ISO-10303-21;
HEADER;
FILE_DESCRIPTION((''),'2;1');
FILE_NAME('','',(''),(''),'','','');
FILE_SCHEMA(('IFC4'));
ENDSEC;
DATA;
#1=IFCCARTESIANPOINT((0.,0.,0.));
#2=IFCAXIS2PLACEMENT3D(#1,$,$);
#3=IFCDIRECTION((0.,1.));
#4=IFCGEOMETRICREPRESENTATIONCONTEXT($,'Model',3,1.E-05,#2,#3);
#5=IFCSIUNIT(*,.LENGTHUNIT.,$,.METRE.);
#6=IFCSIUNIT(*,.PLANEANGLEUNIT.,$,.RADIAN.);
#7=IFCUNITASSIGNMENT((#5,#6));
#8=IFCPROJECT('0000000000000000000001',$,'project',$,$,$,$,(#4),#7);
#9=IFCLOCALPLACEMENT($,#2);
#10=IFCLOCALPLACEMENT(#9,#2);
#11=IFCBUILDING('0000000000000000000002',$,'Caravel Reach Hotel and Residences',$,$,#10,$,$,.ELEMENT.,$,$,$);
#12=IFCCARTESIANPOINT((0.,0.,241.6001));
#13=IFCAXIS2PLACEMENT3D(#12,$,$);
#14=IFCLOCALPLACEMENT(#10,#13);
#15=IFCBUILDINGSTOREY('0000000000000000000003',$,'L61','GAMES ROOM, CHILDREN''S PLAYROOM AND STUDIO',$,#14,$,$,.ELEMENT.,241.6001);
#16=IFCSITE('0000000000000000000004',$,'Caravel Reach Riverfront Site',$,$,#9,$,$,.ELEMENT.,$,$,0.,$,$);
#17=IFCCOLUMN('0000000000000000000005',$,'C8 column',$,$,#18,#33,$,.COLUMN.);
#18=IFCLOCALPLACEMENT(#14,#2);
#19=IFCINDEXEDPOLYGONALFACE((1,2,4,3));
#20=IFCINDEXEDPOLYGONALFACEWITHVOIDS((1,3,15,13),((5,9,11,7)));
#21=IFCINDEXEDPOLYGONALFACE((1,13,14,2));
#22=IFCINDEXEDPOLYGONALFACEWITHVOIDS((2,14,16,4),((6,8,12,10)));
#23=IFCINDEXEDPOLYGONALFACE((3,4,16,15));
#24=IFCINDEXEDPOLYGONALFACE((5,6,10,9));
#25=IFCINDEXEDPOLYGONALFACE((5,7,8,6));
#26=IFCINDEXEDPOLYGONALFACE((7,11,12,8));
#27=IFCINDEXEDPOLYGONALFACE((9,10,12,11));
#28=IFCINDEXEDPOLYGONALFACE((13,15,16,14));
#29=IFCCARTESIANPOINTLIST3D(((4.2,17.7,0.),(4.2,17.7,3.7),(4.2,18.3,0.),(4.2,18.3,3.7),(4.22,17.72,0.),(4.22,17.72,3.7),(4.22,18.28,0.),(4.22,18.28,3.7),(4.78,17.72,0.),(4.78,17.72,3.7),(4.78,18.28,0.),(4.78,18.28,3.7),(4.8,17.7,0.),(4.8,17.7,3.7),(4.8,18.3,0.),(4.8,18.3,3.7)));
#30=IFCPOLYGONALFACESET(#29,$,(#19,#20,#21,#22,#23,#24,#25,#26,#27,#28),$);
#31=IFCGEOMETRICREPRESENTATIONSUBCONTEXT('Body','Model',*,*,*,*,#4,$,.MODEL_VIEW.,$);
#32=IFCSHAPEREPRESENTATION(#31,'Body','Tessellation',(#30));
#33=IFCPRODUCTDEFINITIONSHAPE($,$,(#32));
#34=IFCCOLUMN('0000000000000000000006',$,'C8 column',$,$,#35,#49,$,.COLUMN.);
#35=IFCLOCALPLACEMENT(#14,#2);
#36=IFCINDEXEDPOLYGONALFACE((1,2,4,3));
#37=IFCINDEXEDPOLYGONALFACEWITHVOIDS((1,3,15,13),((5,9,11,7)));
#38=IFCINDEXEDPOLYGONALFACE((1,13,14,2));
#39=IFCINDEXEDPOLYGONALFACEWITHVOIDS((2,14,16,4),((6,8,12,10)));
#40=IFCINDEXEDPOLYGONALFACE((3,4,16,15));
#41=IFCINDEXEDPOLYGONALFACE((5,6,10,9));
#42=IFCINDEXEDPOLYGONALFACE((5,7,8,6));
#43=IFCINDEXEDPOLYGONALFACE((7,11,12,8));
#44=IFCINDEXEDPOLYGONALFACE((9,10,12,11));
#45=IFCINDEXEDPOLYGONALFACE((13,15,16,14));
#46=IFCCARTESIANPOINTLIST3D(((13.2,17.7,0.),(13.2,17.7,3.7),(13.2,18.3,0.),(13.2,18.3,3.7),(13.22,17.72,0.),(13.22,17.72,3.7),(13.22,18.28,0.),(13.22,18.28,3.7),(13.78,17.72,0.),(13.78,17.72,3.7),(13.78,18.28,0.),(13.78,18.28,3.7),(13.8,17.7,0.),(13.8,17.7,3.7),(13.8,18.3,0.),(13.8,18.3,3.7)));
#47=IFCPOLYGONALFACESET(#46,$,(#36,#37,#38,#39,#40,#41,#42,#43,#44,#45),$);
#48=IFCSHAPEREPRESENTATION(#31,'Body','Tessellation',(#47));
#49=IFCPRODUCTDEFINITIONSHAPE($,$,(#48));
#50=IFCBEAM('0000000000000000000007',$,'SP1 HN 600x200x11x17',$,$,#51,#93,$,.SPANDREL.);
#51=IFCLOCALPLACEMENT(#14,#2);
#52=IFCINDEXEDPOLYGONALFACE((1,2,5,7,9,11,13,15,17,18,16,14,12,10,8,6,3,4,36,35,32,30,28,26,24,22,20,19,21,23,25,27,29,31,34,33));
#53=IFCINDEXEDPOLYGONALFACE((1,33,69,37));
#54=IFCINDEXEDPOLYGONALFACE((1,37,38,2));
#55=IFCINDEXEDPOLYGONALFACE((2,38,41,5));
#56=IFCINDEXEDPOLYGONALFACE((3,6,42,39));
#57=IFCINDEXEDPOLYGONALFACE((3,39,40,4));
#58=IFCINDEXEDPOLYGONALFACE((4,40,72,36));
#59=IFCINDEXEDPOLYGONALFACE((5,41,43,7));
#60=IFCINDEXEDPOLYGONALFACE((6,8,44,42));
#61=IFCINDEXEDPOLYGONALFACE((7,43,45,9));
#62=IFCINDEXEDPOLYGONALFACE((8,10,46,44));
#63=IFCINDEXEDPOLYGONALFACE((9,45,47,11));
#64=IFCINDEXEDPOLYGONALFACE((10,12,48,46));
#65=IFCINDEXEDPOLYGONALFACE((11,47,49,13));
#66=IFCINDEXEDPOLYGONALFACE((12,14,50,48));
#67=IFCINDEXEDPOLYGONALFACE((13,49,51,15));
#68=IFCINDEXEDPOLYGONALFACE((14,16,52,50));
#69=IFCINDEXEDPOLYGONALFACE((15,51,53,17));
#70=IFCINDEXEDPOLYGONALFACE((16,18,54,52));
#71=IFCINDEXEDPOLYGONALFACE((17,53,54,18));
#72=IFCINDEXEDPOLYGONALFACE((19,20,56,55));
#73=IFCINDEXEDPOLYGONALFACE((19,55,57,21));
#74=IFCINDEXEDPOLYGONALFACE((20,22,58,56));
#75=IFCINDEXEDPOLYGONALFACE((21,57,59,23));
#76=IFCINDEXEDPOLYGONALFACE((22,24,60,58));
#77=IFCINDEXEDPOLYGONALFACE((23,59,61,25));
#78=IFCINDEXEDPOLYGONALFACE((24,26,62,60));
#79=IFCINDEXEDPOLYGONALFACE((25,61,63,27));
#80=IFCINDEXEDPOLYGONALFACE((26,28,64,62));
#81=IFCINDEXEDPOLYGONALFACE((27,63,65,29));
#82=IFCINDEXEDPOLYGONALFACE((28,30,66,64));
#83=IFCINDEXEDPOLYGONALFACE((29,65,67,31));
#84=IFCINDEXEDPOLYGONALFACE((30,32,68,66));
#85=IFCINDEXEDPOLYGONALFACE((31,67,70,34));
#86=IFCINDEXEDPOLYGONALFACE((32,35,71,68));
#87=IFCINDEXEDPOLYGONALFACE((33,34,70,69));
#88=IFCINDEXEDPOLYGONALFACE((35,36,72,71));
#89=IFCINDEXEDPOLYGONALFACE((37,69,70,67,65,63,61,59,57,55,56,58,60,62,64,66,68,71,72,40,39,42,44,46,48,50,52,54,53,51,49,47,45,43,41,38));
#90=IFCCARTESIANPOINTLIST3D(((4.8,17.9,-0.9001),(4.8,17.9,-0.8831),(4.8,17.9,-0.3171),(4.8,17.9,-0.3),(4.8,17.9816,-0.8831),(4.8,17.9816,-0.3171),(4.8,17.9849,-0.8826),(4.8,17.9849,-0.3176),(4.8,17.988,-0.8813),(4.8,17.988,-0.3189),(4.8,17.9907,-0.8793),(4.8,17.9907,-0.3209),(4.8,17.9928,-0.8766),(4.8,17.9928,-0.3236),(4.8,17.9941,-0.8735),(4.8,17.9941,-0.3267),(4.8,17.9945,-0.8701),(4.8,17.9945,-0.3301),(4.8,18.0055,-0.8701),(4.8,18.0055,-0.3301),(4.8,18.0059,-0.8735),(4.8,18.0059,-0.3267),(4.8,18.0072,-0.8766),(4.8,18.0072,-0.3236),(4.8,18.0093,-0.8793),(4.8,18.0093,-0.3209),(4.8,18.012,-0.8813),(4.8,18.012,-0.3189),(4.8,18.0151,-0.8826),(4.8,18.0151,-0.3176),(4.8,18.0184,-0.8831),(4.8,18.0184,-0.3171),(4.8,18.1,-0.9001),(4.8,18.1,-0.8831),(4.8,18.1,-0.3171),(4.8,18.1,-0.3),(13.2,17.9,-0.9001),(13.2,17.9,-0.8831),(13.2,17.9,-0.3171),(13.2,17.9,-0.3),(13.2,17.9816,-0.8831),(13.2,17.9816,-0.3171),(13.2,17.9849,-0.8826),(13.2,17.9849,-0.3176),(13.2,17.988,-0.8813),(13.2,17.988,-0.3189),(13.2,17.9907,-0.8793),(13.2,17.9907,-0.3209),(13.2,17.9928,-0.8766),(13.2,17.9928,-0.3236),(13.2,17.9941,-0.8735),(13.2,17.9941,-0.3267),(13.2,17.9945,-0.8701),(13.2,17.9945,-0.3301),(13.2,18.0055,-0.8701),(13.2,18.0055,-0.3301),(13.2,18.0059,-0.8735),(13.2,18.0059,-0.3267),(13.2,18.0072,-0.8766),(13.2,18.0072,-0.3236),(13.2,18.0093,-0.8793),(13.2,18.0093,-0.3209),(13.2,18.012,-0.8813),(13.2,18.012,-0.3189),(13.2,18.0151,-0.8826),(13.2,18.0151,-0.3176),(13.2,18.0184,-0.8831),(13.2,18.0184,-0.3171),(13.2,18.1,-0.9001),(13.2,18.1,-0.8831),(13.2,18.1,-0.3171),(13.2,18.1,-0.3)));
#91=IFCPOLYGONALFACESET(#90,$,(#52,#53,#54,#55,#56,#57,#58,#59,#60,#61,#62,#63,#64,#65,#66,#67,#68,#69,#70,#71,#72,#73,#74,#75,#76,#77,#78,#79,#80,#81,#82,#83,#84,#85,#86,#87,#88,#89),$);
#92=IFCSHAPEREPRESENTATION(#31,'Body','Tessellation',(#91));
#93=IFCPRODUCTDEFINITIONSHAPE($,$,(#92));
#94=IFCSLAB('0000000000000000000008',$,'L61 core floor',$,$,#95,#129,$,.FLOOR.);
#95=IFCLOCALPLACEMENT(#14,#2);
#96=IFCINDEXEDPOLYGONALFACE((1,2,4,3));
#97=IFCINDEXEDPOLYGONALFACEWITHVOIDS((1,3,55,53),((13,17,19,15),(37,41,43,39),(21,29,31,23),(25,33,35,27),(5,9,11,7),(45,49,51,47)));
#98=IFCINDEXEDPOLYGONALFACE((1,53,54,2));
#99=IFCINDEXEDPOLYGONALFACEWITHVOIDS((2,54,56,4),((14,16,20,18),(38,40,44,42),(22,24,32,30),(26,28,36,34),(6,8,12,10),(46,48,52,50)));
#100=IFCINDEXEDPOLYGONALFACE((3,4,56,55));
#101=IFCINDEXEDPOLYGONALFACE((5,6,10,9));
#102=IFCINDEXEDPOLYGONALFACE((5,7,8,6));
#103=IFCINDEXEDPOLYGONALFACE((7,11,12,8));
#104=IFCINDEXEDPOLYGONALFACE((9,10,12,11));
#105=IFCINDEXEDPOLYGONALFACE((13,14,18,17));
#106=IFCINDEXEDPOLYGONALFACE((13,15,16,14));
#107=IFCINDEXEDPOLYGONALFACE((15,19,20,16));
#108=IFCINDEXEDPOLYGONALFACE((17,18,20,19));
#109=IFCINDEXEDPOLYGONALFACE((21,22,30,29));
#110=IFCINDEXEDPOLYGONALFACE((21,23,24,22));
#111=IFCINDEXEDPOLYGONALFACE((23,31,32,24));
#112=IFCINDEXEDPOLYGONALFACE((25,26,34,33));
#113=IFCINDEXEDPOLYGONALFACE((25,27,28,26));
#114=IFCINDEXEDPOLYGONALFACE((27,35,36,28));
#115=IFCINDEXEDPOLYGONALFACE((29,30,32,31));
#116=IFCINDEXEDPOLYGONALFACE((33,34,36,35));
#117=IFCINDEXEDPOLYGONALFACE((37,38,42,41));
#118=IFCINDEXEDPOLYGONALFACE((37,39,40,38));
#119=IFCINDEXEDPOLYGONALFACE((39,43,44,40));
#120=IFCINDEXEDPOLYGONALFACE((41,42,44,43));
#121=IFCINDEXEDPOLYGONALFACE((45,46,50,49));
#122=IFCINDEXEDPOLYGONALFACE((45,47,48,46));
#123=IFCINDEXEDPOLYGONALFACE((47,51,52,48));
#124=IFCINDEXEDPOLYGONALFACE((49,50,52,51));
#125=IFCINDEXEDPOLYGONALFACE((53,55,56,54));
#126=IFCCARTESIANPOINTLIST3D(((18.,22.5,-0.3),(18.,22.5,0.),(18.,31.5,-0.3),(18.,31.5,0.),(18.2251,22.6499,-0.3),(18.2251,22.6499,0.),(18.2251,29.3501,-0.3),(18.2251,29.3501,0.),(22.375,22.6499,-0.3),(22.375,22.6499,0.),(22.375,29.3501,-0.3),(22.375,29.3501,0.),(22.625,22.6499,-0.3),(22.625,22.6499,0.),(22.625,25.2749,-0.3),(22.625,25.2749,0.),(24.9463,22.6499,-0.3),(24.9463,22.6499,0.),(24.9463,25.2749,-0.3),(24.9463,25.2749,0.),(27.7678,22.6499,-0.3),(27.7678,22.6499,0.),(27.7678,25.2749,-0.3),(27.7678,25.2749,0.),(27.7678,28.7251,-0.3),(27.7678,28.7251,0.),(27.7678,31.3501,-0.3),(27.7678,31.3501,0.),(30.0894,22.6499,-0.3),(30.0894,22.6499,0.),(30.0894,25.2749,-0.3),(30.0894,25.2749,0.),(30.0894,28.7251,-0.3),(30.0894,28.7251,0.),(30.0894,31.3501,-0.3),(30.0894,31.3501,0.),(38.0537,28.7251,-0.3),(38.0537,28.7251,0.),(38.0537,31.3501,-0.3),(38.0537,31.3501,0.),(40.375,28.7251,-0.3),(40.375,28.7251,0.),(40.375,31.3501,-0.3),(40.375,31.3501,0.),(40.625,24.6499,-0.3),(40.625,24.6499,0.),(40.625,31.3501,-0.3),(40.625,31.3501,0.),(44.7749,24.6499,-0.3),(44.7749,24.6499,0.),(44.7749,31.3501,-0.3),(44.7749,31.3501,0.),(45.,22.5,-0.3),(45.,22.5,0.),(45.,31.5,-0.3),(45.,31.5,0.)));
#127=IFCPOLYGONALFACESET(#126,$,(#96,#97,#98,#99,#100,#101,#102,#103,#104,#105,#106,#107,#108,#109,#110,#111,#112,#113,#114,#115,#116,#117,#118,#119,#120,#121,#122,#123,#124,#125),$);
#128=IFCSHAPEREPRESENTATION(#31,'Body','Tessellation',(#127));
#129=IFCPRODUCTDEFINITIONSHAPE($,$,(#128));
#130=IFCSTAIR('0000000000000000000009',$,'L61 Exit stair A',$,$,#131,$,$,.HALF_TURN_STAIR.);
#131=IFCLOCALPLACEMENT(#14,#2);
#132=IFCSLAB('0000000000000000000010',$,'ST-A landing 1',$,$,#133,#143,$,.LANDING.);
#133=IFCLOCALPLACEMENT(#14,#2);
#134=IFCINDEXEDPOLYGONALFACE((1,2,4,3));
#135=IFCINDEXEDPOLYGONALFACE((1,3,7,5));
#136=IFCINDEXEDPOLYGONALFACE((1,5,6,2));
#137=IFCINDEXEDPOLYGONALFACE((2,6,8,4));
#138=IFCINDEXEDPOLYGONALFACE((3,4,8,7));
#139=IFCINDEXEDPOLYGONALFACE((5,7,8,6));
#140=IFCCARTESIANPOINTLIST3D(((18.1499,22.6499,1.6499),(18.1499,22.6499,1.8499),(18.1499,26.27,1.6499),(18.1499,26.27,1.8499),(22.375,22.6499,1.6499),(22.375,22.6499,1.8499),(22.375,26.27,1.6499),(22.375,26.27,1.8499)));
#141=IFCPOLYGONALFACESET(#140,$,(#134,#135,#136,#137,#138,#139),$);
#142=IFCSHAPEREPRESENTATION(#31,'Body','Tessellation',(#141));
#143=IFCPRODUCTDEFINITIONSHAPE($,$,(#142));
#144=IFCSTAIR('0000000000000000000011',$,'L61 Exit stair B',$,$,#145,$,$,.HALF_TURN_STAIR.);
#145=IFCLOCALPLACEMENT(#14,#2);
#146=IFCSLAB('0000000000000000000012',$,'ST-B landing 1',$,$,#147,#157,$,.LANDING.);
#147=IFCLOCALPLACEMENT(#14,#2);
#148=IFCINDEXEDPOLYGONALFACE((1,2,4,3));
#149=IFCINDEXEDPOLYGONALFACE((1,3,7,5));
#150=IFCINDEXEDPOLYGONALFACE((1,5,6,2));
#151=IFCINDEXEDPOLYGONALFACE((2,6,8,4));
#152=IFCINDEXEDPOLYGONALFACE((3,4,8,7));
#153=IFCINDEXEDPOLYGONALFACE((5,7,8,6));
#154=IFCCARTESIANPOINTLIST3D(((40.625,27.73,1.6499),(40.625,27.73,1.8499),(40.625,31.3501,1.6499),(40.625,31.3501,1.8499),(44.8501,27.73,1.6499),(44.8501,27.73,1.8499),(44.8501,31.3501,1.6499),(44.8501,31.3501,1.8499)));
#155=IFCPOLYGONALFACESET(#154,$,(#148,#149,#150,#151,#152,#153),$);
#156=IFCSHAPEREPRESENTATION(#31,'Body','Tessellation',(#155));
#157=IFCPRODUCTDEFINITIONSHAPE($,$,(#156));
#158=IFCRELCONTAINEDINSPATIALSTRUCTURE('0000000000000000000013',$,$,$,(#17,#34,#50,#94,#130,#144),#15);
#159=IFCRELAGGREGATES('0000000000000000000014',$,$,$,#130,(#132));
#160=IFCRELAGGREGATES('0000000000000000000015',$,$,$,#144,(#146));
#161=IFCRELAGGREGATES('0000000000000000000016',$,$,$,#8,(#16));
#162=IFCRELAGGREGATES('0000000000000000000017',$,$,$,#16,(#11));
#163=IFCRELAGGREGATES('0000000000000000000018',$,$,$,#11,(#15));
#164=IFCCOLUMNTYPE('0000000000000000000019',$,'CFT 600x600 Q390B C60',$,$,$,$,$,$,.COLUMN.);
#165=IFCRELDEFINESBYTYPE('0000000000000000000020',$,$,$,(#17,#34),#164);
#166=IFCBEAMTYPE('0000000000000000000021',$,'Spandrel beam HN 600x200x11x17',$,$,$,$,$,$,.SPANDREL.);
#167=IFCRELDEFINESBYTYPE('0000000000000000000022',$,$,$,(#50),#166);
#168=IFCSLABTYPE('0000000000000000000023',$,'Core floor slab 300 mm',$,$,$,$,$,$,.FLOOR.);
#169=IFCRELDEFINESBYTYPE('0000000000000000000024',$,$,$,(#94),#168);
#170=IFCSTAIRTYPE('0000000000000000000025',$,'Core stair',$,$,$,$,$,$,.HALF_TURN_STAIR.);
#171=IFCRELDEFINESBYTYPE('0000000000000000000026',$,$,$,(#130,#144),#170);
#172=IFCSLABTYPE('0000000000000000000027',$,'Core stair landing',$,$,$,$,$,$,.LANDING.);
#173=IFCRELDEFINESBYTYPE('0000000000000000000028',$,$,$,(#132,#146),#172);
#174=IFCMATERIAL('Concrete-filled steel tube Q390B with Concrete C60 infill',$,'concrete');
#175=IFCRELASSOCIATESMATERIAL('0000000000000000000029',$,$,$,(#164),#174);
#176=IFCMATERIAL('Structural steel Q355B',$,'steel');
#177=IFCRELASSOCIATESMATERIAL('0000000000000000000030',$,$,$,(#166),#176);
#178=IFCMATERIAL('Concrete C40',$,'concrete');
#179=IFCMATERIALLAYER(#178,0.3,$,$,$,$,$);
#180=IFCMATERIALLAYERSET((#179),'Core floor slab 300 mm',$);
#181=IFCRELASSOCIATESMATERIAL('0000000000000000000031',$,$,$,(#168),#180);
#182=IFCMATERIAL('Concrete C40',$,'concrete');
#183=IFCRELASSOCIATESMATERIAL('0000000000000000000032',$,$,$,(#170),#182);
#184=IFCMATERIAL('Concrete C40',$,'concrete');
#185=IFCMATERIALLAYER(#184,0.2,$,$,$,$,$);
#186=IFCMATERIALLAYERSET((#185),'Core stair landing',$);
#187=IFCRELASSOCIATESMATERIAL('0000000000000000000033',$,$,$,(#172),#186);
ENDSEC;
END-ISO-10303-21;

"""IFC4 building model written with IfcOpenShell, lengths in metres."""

from ifc_helpers import new_model, si_unit, direction, frame, origin, origin_2d, place, context, subcontext, project, spatial, polyline, hollow_rectangle, i_section, outline, extrude, material, layer, layer_set, material_profile, profile_set, type_object, element, aggregate, save


model = new_model("IFC4")

# Units and contexts
model_context = context("Model", 3, precision=1e-05, world=origin(), true_north=direction((0.0, 1.0)))
body_context = subcontext(model_context, "Body", "Model", "MODEL_VIEW")
ifc_project = project(units=[si_unit("LENGTHUNIT", "METRE"), si_unit("PLANEANGLEUNIT", "RADIAN")], contexts=[model_context])

# Site, building, storey
site_placement = place(None, origin())
site = spatial("IfcSite", under=ifc_project, at=site_placement, Name="Caravel Reach Riverfront Site", CompositionType="ELEMENT", RefElevation=0.0)
building_placement = place(site_placement, origin())
building = spatial("IfcBuilding", under=site, at=building_placement, Name="Caravel Reach Hotel and Residences", CompositionType="ELEMENT")
storey_placement = place(building_placement, frame((0.0, 0.0, 241.6001)))
storey = spatial("IfcBuildingStorey", under=building, at=storey_placement, Name="L61", Description="GAMES ROOM, CHILDREN'S PLAYROOM AND STUDIO", CompositionType="ELEMENT", Elevation=241.6001)

# Columns
ifc_material_1 = material(Name="Concrete-filled steel tube Q390B with Concrete C60 infill", Category="concrete")
ifc_material_profile_1 = material_profile(ifc_material_1, hollow_rectangle(XDim=0.6001, YDim=0.6001, WallThickness=0.02, at=origin_2d()), Name="RHS 600x600x20")
ifc_profile_set_1 = profile_set([ifc_material_profile_1], Name="Concrete-filled steel tube Q390B with Concrete C60 infill")
column_type = type_object("IfcColumnType", Name="CFT 600x600 Q390B C60", PredefinedType="COLUMN", material=ifc_profile_set_1)
for number, where, z_axis, x_axis, name in (
    (1, (4.5, 18.0, 0.0), (0.0, 0.0, 1.0), (1.0, 0.0, 0.0), "C8 column"),
    (2, (13.5, 18.0, 0.0), (0.0, 0.0, 1.0), (1.0, 0.0, 0.0), "C8 column"),
):
    element("IfcColumn", number, at=place(storey_placement, frame(where, z_axis=z_axis, x_axis=x_axis)), inside=storey, type_object=column_type, Name=name, PredefinedType="COLUMN", context=body_context, shape_type="SweptSolid", body=[
        extrude(hollow_rectangle(XDim=0.6001, YDim=0.6001, WallThickness=0.02, at=origin_2d()), origin(), (0.0, 0.0, 1.0), 3.7),
    ])

# Beam
ifc_material_2 = material(Name="Structural steel Q355B", Category="steel")
ifc_material_profile_2 = material_profile(ifc_material_2, i_section(OverallWidth=0.2, OverallDepth=0.6001, WebThickness=0.011, FlangeThickness=0.0171, FilletRadius=0.0129, at=origin_2d()), Name="HN 600x200x11x17")
ifc_profile_set_2 = profile_set([ifc_material_profile_2], Name="Structural steel Q355B")
beam_type = type_object("IfcBeamType", Name="Spandrel beam HN 600x200x11x17", PredefinedType="SPANDREL", material=ifc_profile_set_2)
beam_placement = place(storey_placement, frame((4.8, 18.0, -0.6001), z_axis=(1.0, 0.0, 0.0), x_axis=(0.0, 1.0, 0.0)))
element("IfcBeam", 3, at=beam_placement, inside=storey, type_object=beam_type, Name="SP1 HN 600x200x11x17", PredefinedType="SPANDREL", context=body_context, shape_type="SweptSolid", body=[
    extrude(i_section(OverallWidth=0.2, OverallDepth=0.6001, WebThickness=0.011, FlangeThickness=0.0171, FilletRadius=0.0129, at=origin_2d()), origin(), (0.0, 0.0, 1.0), 8.3999),
])

# Slab
ifc_material_3 = material(Name="Concrete C40", Category="concrete")
ifc_layer_1 = layer(ifc_material_3, 0.3)
ifc_layer_set_1 = layer_set([ifc_layer_1], Name="Core floor slab 300 mm")
slab_type_1 = type_object("IfcSlabType", Name="Core floor slab 300 mm", PredefinedType="FLOOR", material=ifc_layer_set_1)
slab_1_placement = place(storey_placement, frame((0.0, 0.0, -0.3)))
element("IfcSlab", 4, at=slab_1_placement, inside=storey, type_object=slab_type_1, Name="L61 core floor", PredefinedType="FLOOR", context=body_context, shape_type="SweptSolid", body=[
    extrude(outline(polyline([(18.0, 31.5), (45.0, 31.5), (45.0, 22.5), (18.0, 22.5), (18.0, 31.5)]), holes=[polyline([(22.625, 22.6499), (24.9463, 22.6499), (24.9463, 25.2749), (22.625, 25.2749), (22.625, 22.6499)]), polyline([(27.7678, 25.2749), (27.7678, 22.6499), (30.0894, 22.6499), (30.0894, 25.2749), (27.7678, 25.2749)]), polyline([(22.375, 22.6499), (22.375, 29.3501), (18.2251, 29.3501), (18.2251, 22.6499), (22.375, 22.6499)]), polyline([(40.625, 24.6499), (44.7749, 24.6499), (44.7749, 31.3501), (40.625, 31.3501), (40.625, 24.6499)]), polyline([(27.7678, 31.3501), (27.7678, 28.7251), (30.0894, 28.7251), (30.0894, 31.3501), (27.7678, 31.3501)]), polyline([(38.0537, 31.3501), (38.0537, 28.7251), (40.375, 28.7251), (40.375, 31.3501), (38.0537, 31.3501)])]), origin(), (0.0, 0.0, 1.0), 0.3),
])

# Stairs, slabs
ifc_material_4 = material(Name="Concrete C40", Category="concrete")
stair_type = type_object("IfcStairType", Name="Core stair", PredefinedType="HALF_TURN_STAIR", material=ifc_material_4)
stair_1_placement = place(storey_placement, origin())
stair_1 = element("IfcStair", 5, at=stair_1_placement, inside=storey, type_object=stair_type, Name="L61 Exit stair A", PredefinedType="HALF_TURN_STAIR")
ifc_material_5 = material(Name="Concrete C40", Category="concrete")
ifc_layer_2 = layer(ifc_material_5, 0.2)
ifc_layer_set_2 = layer_set([ifc_layer_2], Name="Core stair landing")
slab_type_2 = type_object("IfcSlabType", Name="Core stair landing", PredefinedType="LANDING", material=ifc_layer_set_2)
slab_2_placement = place(storey_placement, frame((0.0, 0.0, 1.6499)))
slab_2 = element("IfcSlab", 6, at=slab_2_placement, type_object=slab_type_2, Name="ST-A landing 1", PredefinedType="LANDING", context=body_context, shape_type="SweptSolid", body=[
    extrude(outline(polyline([(18.1499, 26.27), (18.1499, 22.6499), (22.375, 22.6499), (22.375, 26.27), (18.1499, 26.27)])), origin(), (0.0, 0.0, 1.0), 0.2),
])
aggregate(stair_1, [slab_2])
stair_2_placement = place(storey_placement, origin())
stair_2 = element("IfcStair", 7, at=stair_2_placement, inside=storey, type_object=stair_type, Name="L61 Exit stair B", PredefinedType="HALF_TURN_STAIR")
slab_3_placement = place(storey_placement, frame((0.0, 0.0, 1.6499)))
slab_3 = element("IfcSlab", 8, at=slab_3_placement, type_object=slab_type_2, Name="ST-B landing 1", PredefinedType="LANDING", context=body_context, shape_type="SweptSolid", body=[
    extrude(outline(polyline([(44.8501, 27.73), (44.8501, 31.3501), (40.625, 31.3501), (40.625, 27.73), (44.8501, 27.73)])), origin(), (0.0, 0.0, 1.0), 0.2),
])
aggregate(stair_2, [slab_3])

save(model, "model.ifc")
